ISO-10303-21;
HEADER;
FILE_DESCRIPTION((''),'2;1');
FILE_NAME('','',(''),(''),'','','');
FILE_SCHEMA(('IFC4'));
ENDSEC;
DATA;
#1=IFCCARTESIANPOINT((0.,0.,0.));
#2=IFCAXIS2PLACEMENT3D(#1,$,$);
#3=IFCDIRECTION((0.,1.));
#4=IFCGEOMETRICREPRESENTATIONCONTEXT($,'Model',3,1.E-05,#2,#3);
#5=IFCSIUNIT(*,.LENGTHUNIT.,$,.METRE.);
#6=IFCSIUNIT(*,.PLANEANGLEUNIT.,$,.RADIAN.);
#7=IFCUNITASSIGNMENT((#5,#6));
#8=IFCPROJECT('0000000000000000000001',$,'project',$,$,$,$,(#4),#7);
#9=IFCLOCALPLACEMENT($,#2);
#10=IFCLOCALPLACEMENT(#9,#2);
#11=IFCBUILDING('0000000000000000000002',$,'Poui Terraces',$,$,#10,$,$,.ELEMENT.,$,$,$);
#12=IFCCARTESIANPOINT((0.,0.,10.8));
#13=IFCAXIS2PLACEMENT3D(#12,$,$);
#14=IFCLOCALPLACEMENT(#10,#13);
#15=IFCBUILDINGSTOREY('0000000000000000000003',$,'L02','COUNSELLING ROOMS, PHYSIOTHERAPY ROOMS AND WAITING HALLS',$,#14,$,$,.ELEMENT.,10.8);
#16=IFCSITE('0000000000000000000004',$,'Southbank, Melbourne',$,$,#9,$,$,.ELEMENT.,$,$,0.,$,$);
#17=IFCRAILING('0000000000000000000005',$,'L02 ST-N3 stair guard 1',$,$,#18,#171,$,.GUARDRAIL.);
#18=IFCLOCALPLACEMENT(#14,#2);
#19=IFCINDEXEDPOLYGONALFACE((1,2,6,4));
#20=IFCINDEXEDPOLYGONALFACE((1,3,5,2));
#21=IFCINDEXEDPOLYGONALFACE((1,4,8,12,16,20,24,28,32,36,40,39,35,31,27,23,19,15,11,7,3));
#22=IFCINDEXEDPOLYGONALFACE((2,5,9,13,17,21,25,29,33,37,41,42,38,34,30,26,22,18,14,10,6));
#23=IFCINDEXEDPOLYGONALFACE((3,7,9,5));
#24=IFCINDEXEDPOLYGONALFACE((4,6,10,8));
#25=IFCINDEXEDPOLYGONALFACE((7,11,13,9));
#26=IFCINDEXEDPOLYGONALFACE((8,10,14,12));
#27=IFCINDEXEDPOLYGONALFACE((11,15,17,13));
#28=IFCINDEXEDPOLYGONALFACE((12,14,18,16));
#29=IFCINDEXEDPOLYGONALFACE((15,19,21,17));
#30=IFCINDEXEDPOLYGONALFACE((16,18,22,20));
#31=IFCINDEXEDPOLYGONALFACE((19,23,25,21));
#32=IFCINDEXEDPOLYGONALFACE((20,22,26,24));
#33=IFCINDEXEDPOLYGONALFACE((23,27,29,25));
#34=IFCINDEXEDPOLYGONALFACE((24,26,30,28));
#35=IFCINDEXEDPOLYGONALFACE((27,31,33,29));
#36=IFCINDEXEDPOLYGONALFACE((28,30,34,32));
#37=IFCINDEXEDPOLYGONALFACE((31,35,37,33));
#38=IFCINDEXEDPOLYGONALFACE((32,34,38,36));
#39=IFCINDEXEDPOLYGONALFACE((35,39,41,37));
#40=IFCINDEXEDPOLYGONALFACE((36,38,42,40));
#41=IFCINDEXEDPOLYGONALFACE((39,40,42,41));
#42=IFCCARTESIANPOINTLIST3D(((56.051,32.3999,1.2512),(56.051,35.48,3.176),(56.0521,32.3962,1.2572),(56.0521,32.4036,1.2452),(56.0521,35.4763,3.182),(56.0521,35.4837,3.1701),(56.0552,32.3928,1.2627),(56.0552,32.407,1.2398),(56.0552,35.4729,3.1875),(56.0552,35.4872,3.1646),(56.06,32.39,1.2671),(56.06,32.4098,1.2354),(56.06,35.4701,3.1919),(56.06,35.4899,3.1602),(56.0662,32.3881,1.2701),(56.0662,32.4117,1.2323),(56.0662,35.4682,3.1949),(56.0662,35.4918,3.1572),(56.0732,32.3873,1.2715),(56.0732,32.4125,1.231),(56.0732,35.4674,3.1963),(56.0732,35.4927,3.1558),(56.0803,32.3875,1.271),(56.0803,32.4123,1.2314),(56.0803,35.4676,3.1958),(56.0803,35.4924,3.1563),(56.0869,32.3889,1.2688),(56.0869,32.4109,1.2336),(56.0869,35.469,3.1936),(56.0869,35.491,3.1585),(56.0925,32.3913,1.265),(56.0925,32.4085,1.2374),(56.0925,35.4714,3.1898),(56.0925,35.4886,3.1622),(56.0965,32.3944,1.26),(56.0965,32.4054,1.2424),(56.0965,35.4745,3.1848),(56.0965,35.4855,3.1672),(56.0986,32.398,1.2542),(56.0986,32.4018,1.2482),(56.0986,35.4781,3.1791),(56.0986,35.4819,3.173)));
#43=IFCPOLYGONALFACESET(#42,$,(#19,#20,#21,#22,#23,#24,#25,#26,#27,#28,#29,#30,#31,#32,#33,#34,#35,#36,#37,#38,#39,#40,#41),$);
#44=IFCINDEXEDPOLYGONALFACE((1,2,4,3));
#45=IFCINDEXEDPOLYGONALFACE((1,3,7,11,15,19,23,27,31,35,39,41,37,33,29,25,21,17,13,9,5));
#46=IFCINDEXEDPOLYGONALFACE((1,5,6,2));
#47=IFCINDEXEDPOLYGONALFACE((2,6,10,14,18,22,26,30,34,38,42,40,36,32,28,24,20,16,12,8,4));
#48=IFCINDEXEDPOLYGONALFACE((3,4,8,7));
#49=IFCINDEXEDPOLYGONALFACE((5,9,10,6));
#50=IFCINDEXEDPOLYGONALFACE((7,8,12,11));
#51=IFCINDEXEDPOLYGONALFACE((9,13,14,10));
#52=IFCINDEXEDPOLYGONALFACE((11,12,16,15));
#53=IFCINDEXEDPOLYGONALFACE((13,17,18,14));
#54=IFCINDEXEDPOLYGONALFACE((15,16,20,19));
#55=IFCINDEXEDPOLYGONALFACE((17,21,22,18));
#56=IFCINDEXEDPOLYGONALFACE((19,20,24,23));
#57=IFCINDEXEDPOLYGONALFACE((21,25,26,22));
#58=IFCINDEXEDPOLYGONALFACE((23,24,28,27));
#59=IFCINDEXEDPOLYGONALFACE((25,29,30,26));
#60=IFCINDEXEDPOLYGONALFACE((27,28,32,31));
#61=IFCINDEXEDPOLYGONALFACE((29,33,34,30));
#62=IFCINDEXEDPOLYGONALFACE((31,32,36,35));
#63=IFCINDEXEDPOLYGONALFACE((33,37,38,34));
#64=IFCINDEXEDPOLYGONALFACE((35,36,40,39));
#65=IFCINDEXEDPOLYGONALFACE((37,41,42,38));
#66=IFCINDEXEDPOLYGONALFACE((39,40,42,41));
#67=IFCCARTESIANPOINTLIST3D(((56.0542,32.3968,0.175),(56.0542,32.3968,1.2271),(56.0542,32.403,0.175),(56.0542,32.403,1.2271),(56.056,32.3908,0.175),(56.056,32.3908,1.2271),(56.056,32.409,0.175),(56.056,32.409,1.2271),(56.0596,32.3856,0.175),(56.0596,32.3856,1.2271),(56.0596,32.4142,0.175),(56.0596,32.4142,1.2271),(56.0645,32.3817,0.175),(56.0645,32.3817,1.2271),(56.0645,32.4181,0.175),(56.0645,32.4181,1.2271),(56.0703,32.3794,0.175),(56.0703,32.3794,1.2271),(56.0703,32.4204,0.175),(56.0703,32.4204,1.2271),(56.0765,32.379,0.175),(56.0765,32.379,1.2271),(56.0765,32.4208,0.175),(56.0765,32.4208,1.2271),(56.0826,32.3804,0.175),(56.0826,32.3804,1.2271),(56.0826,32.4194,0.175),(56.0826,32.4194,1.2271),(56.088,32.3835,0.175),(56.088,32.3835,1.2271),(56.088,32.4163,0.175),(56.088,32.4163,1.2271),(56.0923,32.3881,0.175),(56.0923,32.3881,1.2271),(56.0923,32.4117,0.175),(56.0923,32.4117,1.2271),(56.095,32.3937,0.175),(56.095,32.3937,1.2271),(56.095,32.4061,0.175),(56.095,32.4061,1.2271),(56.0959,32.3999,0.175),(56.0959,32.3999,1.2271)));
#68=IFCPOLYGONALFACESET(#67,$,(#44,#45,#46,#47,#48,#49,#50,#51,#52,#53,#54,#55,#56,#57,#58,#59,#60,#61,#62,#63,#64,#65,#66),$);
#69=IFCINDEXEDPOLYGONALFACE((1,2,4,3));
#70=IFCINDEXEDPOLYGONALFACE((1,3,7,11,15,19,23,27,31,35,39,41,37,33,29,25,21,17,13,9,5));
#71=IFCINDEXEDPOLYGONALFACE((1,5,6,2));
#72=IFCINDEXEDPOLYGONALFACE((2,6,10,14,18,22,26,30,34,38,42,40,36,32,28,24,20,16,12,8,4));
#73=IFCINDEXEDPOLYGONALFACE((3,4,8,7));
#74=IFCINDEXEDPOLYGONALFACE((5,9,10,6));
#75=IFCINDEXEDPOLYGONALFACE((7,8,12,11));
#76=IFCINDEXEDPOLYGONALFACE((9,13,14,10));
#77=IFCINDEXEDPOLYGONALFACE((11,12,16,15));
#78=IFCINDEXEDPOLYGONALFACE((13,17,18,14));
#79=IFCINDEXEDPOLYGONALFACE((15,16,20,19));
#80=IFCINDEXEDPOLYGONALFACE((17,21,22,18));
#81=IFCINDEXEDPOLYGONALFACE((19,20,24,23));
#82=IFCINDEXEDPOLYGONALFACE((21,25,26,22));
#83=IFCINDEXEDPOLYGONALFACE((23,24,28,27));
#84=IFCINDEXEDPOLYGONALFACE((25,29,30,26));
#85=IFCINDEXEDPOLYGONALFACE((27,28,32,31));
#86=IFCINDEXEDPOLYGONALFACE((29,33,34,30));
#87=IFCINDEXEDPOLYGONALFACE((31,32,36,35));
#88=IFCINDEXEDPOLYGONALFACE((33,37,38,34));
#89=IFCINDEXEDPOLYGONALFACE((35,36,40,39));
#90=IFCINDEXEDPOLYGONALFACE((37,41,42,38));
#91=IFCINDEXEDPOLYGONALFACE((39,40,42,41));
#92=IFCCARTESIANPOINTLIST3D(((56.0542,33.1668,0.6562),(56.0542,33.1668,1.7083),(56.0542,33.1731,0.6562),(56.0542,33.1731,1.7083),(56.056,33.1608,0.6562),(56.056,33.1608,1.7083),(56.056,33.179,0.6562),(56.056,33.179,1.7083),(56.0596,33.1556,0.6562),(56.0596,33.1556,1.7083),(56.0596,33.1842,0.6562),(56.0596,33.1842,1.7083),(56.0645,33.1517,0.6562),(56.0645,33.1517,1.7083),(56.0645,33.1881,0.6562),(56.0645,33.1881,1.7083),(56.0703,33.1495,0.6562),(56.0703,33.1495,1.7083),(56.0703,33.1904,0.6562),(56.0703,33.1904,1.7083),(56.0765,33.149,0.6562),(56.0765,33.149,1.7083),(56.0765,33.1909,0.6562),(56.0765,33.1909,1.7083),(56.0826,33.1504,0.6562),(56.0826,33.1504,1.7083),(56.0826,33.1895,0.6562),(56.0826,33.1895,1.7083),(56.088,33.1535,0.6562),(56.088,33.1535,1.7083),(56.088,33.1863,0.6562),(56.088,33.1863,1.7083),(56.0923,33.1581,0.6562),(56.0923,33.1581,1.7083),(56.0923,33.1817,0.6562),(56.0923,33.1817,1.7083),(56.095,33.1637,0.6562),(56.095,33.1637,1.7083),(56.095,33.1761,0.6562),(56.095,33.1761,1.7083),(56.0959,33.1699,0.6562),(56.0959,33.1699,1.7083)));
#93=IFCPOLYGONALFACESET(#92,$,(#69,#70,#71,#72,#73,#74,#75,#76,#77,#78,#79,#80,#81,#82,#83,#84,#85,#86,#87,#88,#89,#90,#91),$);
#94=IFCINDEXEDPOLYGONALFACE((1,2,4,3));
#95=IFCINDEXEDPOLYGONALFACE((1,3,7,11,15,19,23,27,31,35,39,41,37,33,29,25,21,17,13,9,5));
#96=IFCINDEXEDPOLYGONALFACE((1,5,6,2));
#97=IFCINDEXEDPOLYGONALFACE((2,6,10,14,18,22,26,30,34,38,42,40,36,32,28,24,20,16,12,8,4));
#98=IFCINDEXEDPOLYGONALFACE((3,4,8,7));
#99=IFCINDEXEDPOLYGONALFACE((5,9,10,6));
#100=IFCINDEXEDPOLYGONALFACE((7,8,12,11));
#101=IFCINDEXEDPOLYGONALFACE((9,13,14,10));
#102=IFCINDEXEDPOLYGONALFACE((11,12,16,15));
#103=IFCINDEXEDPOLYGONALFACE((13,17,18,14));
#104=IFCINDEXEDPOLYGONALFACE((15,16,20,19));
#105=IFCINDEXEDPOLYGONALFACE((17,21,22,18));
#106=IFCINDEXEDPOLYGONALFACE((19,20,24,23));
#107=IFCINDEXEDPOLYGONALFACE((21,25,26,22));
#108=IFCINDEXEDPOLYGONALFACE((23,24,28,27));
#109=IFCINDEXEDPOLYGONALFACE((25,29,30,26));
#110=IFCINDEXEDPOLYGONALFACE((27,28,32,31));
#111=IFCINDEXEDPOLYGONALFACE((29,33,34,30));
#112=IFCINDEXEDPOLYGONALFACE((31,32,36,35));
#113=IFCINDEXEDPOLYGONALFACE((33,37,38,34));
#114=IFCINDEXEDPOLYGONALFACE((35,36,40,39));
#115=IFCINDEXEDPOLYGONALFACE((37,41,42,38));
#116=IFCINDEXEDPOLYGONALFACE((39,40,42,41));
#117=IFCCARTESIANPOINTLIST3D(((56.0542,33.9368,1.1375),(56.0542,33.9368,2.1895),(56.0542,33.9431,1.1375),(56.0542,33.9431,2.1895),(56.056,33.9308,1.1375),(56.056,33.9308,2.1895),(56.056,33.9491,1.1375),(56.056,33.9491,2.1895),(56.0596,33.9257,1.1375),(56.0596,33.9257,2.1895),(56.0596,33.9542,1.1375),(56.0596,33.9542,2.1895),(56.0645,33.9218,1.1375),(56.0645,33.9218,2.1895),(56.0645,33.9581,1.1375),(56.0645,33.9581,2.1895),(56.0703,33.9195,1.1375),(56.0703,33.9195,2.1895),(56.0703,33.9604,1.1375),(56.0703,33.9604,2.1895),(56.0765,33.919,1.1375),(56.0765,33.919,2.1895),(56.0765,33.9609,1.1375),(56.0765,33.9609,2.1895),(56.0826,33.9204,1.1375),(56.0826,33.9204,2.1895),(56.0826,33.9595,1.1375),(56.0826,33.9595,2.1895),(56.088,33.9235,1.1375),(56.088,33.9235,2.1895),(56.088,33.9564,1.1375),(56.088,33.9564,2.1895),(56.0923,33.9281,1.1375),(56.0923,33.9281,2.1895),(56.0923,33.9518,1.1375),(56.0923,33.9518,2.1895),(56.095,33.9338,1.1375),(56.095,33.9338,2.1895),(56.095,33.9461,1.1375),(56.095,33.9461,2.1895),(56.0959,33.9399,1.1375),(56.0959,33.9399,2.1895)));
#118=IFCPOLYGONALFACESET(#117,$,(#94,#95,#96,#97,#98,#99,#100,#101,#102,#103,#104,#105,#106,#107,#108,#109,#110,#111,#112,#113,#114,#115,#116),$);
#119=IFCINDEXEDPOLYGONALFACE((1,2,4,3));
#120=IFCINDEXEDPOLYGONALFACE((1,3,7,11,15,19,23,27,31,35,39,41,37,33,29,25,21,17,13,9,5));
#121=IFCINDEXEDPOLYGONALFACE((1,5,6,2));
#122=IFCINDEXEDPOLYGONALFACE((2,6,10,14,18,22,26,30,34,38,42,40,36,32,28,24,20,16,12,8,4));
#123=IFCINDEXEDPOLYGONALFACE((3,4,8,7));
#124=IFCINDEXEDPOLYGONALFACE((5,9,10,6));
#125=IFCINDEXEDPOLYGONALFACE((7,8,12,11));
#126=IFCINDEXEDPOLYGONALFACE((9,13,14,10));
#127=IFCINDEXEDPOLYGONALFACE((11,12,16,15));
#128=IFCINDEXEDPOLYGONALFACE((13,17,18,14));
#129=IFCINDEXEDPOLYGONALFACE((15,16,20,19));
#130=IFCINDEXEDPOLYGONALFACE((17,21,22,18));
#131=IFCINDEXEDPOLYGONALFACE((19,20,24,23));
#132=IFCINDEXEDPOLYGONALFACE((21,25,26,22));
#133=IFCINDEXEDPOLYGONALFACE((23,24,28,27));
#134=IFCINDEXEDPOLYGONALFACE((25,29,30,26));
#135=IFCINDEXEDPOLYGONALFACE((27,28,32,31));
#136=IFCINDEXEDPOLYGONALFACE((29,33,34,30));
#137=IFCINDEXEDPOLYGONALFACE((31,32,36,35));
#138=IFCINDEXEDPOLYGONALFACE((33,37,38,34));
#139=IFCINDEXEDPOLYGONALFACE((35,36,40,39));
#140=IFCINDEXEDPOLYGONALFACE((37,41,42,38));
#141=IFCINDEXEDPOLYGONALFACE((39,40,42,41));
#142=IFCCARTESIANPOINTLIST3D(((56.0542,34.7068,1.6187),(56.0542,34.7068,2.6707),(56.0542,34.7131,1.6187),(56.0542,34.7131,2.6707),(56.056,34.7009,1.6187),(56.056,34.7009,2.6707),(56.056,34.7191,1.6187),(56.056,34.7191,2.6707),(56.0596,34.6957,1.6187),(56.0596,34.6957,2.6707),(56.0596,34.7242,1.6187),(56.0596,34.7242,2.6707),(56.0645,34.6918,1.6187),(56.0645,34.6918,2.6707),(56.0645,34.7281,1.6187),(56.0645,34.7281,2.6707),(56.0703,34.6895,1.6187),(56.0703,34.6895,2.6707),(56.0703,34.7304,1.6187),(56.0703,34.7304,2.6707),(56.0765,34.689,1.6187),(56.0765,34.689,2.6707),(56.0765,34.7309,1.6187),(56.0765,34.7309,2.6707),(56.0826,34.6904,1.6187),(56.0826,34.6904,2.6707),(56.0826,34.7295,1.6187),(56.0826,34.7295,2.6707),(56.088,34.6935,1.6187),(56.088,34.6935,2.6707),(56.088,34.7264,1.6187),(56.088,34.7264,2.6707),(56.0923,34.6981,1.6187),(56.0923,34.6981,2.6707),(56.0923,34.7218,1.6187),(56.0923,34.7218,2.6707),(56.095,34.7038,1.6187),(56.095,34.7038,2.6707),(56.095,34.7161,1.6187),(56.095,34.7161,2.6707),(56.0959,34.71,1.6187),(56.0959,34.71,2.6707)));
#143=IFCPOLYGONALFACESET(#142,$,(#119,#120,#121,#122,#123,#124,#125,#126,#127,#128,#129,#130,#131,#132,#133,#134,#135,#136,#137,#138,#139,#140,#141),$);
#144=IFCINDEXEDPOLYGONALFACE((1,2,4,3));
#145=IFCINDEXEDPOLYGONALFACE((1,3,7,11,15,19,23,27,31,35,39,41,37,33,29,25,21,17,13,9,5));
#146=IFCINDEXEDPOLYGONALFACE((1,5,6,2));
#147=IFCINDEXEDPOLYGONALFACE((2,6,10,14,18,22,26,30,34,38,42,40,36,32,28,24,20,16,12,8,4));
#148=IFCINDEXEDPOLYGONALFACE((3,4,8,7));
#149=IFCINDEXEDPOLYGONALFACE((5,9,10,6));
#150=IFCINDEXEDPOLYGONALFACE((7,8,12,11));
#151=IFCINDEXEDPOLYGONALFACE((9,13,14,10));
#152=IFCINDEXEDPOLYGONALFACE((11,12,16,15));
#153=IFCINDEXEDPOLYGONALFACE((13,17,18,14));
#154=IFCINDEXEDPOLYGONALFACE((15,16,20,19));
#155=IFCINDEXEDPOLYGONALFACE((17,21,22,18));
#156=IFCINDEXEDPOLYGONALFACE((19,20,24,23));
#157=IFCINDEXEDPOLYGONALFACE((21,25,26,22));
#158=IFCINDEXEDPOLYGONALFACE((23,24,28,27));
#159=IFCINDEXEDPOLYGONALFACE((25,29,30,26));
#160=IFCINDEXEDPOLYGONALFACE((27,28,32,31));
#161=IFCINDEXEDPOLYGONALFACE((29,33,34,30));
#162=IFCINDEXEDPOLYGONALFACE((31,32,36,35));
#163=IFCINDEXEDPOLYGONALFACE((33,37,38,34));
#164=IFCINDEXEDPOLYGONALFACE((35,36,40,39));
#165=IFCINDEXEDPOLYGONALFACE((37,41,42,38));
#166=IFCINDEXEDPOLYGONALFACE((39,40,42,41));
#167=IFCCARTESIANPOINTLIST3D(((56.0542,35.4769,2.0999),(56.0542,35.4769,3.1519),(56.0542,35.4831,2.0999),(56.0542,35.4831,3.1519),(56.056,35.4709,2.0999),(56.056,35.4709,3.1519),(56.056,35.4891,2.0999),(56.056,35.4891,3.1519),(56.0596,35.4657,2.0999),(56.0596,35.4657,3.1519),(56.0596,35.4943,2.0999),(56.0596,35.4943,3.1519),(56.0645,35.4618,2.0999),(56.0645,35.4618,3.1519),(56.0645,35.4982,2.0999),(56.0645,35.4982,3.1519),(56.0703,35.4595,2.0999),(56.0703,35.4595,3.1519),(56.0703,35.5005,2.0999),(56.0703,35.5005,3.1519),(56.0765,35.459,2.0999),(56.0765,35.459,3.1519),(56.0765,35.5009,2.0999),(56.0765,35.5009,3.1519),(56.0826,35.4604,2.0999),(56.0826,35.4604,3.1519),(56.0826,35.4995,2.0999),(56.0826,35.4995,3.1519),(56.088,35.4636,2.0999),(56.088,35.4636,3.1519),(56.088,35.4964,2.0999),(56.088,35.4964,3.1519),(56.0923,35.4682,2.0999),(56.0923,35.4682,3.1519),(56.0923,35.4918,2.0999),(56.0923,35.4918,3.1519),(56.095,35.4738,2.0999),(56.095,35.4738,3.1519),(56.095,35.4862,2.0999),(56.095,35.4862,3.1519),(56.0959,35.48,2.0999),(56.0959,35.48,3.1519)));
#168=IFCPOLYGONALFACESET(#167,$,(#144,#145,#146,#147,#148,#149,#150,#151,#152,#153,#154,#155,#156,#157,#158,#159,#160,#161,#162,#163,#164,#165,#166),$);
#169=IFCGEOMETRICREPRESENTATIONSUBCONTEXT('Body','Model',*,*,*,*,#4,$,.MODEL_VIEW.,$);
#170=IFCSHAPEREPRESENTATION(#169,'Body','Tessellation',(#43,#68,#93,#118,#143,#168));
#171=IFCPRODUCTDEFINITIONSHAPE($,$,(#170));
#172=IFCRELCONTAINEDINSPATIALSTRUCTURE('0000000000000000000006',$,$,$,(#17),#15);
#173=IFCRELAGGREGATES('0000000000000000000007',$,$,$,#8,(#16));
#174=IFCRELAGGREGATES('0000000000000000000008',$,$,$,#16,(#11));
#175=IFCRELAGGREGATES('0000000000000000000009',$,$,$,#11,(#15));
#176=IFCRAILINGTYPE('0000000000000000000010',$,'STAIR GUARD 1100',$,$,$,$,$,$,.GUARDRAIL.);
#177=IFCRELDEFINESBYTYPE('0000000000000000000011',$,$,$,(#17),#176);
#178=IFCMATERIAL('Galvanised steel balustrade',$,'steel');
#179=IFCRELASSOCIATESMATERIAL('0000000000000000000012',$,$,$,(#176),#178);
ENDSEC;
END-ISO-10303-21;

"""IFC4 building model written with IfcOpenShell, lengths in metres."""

from ifc_helpers import new_model, si_unit, direction, frame, origin, origin_2d, place, context, subcontext, project, spatial, circle, extrude, material, type_object, element, save


model = new_model("IFC4")

# Units and contexts
model_context = context("Model", 3, precision=1e-05, world=origin(), true_north=direction((0.0, 1.0)))
body_context = subcontext(model_context, "Body", "Model", "MODEL_VIEW")
ifc_project = project(units=[si_unit("LENGTHUNIT", "METRE"), si_unit("PLANEANGLEUNIT", "RADIAN")], contexts=[model_context])

# Site, building, storey
site_placement = place(None, origin())
site = spatial("IfcSite", under=ifc_project, at=site_placement, Name="Southbank, Melbourne", CompositionType="ELEMENT", RefElevation=0.0)
building_placement = place(site_placement, origin())
building = spatial("IfcBuilding", under=site, at=building_placement, Name="Poui Terraces", CompositionType="ELEMENT")
storey_placement = place(building_placement, frame((0.0, 0.0, 10.8)))
storey = spatial("IfcBuildingStorey", under=building, at=storey_placement, Name="L02", Description="COUNSELLING ROOMS, PHYSIOTHERAPY ROOMS AND WAITING HALLS", CompositionType="ELEMENT", Elevation=10.8)

# Railing
ifc_material_1 = material(Name="Galvanised steel balustrade", Category="steel")
railing_type_1 = type_object("IfcRailingType", Name="STAIR GUARD 1100", PredefinedType="GUARDRAIL", material=ifc_material_1)
railing_1_placement = place(storey_placement, frame((56.075, 32.3999, 0.175)))
element("IfcRailing", 1, at=railing_1_placement, inside=storey, type_object=railing_type_1, Name="L02 ST-N3 stair guard 1", PredefinedType="GUARDRAIL", context=body_context, shape_type="SweptSolid", body=[
    extrude(circle(Radius=0.0239, at=origin_2d()), frame((0.0, 0.0, 1.0762), z_axis=(0.0, 0.848029, 0.529951), x_axis=(-1.0, 0.0, 0.0)), (0.0, 0.0, 1.0), 3.6321),
    extrude(circle(Radius=0.021, at=origin_2d()), origin(), (0.0, 0.0, 1.0), 1.052),
    extrude(circle(Radius=0.021, at=origin_2d()), frame((0.0, 0.77, 0.4812)), (0.0, 0.0, 1.0), 1.052),
    extrude(circle(Radius=0.021, at=origin_2d()), frame((0.0, 1.54, 0.9624)), (0.0, 0.0, 1.0), 1.052),
    extrude(circle(Radius=0.021, at=origin_2d()), frame((0.0, 2.3101, 1.4436)), (0.0, 0.0, 1.0), 1.052),
    extrude(circle(Radius=0.021, at=origin_2d()), frame((0.0, 3.0801, 1.9248)), (0.0, 0.0, 1.0), 1.052),
])

save(model, "model.ifc")
